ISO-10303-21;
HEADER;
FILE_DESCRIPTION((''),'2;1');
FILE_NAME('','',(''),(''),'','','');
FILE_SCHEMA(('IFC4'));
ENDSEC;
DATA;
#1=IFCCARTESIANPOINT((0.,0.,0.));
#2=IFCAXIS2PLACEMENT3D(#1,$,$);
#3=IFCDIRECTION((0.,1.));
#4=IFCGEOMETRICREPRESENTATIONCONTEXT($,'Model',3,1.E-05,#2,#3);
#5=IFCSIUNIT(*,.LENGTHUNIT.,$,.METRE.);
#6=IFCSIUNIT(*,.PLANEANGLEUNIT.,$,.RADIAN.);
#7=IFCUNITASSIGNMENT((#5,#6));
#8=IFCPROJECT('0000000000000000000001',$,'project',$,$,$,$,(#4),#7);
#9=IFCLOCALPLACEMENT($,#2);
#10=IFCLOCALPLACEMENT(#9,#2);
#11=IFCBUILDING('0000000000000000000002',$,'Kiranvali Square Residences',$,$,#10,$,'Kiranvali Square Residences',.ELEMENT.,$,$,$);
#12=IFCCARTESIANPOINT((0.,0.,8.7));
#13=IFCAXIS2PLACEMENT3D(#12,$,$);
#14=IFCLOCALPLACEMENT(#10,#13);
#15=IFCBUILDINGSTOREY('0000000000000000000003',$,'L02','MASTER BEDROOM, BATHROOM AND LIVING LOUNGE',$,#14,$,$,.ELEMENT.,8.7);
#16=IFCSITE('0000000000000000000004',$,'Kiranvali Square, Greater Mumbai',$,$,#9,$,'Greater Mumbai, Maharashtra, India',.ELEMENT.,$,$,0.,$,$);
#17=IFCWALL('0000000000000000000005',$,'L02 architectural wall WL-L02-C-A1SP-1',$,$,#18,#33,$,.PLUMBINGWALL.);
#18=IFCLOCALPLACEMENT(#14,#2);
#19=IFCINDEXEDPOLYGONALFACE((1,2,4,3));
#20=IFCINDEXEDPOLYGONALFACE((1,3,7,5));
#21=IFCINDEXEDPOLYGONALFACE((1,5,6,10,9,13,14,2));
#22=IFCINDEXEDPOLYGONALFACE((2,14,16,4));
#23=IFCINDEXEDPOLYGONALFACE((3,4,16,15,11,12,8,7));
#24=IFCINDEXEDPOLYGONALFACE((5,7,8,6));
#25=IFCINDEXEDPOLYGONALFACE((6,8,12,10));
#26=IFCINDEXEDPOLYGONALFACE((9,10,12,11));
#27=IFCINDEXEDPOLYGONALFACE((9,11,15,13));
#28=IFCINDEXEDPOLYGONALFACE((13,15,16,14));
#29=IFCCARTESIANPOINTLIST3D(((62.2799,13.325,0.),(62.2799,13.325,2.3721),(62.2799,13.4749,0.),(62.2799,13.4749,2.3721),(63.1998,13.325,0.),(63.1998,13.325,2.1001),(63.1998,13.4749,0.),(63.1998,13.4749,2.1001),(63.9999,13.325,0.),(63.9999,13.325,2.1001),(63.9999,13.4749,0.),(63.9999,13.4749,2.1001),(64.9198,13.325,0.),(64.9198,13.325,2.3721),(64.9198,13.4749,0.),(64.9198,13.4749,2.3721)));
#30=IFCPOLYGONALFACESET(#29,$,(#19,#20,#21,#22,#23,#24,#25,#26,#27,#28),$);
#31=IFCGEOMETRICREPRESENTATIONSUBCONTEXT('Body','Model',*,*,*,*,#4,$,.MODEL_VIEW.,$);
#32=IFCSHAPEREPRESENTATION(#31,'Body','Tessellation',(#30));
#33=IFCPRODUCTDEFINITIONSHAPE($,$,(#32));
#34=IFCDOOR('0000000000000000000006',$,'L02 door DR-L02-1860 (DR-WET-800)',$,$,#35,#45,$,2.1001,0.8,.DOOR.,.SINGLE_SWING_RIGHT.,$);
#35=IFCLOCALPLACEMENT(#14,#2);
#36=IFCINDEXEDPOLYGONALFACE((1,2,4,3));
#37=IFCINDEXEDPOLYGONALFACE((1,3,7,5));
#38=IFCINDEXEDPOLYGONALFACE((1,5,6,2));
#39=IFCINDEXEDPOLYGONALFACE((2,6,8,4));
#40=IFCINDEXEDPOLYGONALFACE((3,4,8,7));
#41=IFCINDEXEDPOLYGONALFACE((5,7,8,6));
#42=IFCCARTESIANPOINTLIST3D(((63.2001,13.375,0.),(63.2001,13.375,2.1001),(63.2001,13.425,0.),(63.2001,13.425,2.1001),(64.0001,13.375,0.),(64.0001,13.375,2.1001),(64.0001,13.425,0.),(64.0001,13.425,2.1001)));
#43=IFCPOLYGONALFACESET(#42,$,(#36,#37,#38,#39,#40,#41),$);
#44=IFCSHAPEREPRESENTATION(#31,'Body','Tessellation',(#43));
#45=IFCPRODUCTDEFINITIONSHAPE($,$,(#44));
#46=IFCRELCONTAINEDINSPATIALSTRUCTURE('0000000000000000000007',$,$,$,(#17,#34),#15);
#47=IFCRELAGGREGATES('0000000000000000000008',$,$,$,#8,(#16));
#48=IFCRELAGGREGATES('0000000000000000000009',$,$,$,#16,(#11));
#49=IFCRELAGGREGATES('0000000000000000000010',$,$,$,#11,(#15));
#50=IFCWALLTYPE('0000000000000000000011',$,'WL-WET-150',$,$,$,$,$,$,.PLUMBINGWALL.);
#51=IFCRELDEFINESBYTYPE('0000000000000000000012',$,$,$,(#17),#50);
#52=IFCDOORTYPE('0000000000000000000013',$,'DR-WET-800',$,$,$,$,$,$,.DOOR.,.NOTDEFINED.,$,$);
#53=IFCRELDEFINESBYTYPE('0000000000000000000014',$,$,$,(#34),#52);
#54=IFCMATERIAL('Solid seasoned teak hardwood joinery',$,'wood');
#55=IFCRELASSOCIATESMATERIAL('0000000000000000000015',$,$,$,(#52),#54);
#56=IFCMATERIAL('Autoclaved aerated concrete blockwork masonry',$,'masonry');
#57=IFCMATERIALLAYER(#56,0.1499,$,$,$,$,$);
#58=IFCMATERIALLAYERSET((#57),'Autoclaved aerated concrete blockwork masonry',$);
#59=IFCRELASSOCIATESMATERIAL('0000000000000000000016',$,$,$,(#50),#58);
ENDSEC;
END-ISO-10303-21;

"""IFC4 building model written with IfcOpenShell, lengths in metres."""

from ifc_helpers import new_model, si_unit, direction, frame, frame_2d, origin, place, context, subcontext, project, spatial, rectangle, extrude, material, layer, layer_set, type_object, element, fill, save


model = new_model("IFC4")

# Units and contexts
model_context = context("Model", 3, precision=1e-05, world=origin(), true_north=direction((0.0, 1.0)))
body_context = subcontext(model_context, "Body", "Model", "MODEL_VIEW")
ifc_project = project(units=[si_unit("LENGTHUNIT", "METRE"), si_unit("PLANEANGLEUNIT", "RADIAN")], contexts=[model_context])

# Site, building, storey
site_placement = place(None, origin())
site = spatial("IfcSite", under=ifc_project, at=site_placement, Name="Kiranvali Square, Greater Mumbai", LongName="Greater Mumbai, Maharashtra, India", CompositionType="ELEMENT", RefElevation=0.0)
building_placement = place(site_placement, origin())
building = spatial("IfcBuilding", under=site, at=building_placement, Name="Kiranvali Square Residences", LongName="Kiranvali Square Residences", CompositionType="ELEMENT")
storey_placement = place(building_placement, frame((0.0, 0.0, 8.7)))
storey = spatial("IfcBuildingStorey", under=building, at=storey_placement, Name="L02", Description="MASTER BEDROOM, BATHROOM AND LIVING LOUNGE", CompositionType="ELEMENT", Elevation=8.7)

# Shared definitions
ifc_material_1 = material(Name="Solid seasoned teak hardwood joinery", Category="wood")
door_type_1 = type_object("IfcDoorType", Name="DR-WET-800", OperationType="NOTDEFINED", PredefinedType="DOOR", material=ifc_material_1)

# Wall, opening, door
ifc_material_2 = material(Name="Autoclaved aerated concrete blockwork masonry", Category="masonry")
ifc_layer_1 = layer(ifc_material_2, 0.1499)
ifc_layer_set_1 = layer_set([ifc_layer_1], Name="Autoclaved aerated concrete blockwork masonry")
wall_type_1 = type_object("IfcWallType", Name="WL-WET-150", PredefinedType="PLUMBINGWALL", material=ifc_layer_set_1)
wall_1_placement = place(storey_placement, frame((62.28, 13.3999, 0.0), z_axis=(0.0, 0.0, 1.0), x_axis=(1.0, 0.0, 0.0)))
wall_1 = element("IfcWall", 1, at=wall_1_placement, inside=storey, type_object=wall_type_1, Name="L02 architectural wall WL-L02-C-A1SP-1", PredefinedType="PLUMBINGWALL", context=body_context, shape_type="SweptSolid", body=[
    extrude(rectangle(XDim=2.6399, YDim=0.1499, at=frame_2d((1.3198, 0.0))), origin(), (0.0, 0.0, 1.0), 2.3721),
])
opening_1_placement = place(wall_1_placement, frame((0.9199, 0.0, 0.0)))
opening_1 = element("IfcOpeningElement", 2, at=opening_1_placement, cuts=wall_1, PredefinedType="OPENING", context=body_context, shape_type="SweptSolid", body=[
    extrude(rectangle(XDim=0.8, YDim=2.1001, at=frame_2d((0.3999, 1.05))), frame((0.0, 0.085, 0.0), z_axis=(0.0, -1.0, 0.0), x_axis=(1.0, 0.0, 0.0)), (0.0, 0.0, 1.0), 0.1699),
])
door_1_placement = place(opening_1_placement, frame((0.8, 0.0, 0.0), z_axis=(0.0, 0.0, 1.0), x_axis=(-1.0, 0.0, 0.0)))
door_1 = element("IfcDoor", 3, at=door_1_placement, inside=storey, type_object=door_type_1, Name="L02 door DR-L02-1860 (DR-WET-800)", OperationType="SINGLE_SWING_RIGHT", OverallHeight=2.1001, OverallWidth=0.8, PredefinedType="DOOR", context=body_context, shape_type="SweptSolid", body=[
    extrude(rectangle(XDim=0.8, YDim=2.1001, at=frame_2d((0.3999, 1.05))), frame((0.0, 0.0249, 0.0), z_axis=(0.0, -1.0, 0.0), x_axis=(1.0, 0.0, 0.0)), (0.0, 0.0, 1.0), 0.05),
])
fill(opening_1, door_1)

save(model, "model.ifc")
